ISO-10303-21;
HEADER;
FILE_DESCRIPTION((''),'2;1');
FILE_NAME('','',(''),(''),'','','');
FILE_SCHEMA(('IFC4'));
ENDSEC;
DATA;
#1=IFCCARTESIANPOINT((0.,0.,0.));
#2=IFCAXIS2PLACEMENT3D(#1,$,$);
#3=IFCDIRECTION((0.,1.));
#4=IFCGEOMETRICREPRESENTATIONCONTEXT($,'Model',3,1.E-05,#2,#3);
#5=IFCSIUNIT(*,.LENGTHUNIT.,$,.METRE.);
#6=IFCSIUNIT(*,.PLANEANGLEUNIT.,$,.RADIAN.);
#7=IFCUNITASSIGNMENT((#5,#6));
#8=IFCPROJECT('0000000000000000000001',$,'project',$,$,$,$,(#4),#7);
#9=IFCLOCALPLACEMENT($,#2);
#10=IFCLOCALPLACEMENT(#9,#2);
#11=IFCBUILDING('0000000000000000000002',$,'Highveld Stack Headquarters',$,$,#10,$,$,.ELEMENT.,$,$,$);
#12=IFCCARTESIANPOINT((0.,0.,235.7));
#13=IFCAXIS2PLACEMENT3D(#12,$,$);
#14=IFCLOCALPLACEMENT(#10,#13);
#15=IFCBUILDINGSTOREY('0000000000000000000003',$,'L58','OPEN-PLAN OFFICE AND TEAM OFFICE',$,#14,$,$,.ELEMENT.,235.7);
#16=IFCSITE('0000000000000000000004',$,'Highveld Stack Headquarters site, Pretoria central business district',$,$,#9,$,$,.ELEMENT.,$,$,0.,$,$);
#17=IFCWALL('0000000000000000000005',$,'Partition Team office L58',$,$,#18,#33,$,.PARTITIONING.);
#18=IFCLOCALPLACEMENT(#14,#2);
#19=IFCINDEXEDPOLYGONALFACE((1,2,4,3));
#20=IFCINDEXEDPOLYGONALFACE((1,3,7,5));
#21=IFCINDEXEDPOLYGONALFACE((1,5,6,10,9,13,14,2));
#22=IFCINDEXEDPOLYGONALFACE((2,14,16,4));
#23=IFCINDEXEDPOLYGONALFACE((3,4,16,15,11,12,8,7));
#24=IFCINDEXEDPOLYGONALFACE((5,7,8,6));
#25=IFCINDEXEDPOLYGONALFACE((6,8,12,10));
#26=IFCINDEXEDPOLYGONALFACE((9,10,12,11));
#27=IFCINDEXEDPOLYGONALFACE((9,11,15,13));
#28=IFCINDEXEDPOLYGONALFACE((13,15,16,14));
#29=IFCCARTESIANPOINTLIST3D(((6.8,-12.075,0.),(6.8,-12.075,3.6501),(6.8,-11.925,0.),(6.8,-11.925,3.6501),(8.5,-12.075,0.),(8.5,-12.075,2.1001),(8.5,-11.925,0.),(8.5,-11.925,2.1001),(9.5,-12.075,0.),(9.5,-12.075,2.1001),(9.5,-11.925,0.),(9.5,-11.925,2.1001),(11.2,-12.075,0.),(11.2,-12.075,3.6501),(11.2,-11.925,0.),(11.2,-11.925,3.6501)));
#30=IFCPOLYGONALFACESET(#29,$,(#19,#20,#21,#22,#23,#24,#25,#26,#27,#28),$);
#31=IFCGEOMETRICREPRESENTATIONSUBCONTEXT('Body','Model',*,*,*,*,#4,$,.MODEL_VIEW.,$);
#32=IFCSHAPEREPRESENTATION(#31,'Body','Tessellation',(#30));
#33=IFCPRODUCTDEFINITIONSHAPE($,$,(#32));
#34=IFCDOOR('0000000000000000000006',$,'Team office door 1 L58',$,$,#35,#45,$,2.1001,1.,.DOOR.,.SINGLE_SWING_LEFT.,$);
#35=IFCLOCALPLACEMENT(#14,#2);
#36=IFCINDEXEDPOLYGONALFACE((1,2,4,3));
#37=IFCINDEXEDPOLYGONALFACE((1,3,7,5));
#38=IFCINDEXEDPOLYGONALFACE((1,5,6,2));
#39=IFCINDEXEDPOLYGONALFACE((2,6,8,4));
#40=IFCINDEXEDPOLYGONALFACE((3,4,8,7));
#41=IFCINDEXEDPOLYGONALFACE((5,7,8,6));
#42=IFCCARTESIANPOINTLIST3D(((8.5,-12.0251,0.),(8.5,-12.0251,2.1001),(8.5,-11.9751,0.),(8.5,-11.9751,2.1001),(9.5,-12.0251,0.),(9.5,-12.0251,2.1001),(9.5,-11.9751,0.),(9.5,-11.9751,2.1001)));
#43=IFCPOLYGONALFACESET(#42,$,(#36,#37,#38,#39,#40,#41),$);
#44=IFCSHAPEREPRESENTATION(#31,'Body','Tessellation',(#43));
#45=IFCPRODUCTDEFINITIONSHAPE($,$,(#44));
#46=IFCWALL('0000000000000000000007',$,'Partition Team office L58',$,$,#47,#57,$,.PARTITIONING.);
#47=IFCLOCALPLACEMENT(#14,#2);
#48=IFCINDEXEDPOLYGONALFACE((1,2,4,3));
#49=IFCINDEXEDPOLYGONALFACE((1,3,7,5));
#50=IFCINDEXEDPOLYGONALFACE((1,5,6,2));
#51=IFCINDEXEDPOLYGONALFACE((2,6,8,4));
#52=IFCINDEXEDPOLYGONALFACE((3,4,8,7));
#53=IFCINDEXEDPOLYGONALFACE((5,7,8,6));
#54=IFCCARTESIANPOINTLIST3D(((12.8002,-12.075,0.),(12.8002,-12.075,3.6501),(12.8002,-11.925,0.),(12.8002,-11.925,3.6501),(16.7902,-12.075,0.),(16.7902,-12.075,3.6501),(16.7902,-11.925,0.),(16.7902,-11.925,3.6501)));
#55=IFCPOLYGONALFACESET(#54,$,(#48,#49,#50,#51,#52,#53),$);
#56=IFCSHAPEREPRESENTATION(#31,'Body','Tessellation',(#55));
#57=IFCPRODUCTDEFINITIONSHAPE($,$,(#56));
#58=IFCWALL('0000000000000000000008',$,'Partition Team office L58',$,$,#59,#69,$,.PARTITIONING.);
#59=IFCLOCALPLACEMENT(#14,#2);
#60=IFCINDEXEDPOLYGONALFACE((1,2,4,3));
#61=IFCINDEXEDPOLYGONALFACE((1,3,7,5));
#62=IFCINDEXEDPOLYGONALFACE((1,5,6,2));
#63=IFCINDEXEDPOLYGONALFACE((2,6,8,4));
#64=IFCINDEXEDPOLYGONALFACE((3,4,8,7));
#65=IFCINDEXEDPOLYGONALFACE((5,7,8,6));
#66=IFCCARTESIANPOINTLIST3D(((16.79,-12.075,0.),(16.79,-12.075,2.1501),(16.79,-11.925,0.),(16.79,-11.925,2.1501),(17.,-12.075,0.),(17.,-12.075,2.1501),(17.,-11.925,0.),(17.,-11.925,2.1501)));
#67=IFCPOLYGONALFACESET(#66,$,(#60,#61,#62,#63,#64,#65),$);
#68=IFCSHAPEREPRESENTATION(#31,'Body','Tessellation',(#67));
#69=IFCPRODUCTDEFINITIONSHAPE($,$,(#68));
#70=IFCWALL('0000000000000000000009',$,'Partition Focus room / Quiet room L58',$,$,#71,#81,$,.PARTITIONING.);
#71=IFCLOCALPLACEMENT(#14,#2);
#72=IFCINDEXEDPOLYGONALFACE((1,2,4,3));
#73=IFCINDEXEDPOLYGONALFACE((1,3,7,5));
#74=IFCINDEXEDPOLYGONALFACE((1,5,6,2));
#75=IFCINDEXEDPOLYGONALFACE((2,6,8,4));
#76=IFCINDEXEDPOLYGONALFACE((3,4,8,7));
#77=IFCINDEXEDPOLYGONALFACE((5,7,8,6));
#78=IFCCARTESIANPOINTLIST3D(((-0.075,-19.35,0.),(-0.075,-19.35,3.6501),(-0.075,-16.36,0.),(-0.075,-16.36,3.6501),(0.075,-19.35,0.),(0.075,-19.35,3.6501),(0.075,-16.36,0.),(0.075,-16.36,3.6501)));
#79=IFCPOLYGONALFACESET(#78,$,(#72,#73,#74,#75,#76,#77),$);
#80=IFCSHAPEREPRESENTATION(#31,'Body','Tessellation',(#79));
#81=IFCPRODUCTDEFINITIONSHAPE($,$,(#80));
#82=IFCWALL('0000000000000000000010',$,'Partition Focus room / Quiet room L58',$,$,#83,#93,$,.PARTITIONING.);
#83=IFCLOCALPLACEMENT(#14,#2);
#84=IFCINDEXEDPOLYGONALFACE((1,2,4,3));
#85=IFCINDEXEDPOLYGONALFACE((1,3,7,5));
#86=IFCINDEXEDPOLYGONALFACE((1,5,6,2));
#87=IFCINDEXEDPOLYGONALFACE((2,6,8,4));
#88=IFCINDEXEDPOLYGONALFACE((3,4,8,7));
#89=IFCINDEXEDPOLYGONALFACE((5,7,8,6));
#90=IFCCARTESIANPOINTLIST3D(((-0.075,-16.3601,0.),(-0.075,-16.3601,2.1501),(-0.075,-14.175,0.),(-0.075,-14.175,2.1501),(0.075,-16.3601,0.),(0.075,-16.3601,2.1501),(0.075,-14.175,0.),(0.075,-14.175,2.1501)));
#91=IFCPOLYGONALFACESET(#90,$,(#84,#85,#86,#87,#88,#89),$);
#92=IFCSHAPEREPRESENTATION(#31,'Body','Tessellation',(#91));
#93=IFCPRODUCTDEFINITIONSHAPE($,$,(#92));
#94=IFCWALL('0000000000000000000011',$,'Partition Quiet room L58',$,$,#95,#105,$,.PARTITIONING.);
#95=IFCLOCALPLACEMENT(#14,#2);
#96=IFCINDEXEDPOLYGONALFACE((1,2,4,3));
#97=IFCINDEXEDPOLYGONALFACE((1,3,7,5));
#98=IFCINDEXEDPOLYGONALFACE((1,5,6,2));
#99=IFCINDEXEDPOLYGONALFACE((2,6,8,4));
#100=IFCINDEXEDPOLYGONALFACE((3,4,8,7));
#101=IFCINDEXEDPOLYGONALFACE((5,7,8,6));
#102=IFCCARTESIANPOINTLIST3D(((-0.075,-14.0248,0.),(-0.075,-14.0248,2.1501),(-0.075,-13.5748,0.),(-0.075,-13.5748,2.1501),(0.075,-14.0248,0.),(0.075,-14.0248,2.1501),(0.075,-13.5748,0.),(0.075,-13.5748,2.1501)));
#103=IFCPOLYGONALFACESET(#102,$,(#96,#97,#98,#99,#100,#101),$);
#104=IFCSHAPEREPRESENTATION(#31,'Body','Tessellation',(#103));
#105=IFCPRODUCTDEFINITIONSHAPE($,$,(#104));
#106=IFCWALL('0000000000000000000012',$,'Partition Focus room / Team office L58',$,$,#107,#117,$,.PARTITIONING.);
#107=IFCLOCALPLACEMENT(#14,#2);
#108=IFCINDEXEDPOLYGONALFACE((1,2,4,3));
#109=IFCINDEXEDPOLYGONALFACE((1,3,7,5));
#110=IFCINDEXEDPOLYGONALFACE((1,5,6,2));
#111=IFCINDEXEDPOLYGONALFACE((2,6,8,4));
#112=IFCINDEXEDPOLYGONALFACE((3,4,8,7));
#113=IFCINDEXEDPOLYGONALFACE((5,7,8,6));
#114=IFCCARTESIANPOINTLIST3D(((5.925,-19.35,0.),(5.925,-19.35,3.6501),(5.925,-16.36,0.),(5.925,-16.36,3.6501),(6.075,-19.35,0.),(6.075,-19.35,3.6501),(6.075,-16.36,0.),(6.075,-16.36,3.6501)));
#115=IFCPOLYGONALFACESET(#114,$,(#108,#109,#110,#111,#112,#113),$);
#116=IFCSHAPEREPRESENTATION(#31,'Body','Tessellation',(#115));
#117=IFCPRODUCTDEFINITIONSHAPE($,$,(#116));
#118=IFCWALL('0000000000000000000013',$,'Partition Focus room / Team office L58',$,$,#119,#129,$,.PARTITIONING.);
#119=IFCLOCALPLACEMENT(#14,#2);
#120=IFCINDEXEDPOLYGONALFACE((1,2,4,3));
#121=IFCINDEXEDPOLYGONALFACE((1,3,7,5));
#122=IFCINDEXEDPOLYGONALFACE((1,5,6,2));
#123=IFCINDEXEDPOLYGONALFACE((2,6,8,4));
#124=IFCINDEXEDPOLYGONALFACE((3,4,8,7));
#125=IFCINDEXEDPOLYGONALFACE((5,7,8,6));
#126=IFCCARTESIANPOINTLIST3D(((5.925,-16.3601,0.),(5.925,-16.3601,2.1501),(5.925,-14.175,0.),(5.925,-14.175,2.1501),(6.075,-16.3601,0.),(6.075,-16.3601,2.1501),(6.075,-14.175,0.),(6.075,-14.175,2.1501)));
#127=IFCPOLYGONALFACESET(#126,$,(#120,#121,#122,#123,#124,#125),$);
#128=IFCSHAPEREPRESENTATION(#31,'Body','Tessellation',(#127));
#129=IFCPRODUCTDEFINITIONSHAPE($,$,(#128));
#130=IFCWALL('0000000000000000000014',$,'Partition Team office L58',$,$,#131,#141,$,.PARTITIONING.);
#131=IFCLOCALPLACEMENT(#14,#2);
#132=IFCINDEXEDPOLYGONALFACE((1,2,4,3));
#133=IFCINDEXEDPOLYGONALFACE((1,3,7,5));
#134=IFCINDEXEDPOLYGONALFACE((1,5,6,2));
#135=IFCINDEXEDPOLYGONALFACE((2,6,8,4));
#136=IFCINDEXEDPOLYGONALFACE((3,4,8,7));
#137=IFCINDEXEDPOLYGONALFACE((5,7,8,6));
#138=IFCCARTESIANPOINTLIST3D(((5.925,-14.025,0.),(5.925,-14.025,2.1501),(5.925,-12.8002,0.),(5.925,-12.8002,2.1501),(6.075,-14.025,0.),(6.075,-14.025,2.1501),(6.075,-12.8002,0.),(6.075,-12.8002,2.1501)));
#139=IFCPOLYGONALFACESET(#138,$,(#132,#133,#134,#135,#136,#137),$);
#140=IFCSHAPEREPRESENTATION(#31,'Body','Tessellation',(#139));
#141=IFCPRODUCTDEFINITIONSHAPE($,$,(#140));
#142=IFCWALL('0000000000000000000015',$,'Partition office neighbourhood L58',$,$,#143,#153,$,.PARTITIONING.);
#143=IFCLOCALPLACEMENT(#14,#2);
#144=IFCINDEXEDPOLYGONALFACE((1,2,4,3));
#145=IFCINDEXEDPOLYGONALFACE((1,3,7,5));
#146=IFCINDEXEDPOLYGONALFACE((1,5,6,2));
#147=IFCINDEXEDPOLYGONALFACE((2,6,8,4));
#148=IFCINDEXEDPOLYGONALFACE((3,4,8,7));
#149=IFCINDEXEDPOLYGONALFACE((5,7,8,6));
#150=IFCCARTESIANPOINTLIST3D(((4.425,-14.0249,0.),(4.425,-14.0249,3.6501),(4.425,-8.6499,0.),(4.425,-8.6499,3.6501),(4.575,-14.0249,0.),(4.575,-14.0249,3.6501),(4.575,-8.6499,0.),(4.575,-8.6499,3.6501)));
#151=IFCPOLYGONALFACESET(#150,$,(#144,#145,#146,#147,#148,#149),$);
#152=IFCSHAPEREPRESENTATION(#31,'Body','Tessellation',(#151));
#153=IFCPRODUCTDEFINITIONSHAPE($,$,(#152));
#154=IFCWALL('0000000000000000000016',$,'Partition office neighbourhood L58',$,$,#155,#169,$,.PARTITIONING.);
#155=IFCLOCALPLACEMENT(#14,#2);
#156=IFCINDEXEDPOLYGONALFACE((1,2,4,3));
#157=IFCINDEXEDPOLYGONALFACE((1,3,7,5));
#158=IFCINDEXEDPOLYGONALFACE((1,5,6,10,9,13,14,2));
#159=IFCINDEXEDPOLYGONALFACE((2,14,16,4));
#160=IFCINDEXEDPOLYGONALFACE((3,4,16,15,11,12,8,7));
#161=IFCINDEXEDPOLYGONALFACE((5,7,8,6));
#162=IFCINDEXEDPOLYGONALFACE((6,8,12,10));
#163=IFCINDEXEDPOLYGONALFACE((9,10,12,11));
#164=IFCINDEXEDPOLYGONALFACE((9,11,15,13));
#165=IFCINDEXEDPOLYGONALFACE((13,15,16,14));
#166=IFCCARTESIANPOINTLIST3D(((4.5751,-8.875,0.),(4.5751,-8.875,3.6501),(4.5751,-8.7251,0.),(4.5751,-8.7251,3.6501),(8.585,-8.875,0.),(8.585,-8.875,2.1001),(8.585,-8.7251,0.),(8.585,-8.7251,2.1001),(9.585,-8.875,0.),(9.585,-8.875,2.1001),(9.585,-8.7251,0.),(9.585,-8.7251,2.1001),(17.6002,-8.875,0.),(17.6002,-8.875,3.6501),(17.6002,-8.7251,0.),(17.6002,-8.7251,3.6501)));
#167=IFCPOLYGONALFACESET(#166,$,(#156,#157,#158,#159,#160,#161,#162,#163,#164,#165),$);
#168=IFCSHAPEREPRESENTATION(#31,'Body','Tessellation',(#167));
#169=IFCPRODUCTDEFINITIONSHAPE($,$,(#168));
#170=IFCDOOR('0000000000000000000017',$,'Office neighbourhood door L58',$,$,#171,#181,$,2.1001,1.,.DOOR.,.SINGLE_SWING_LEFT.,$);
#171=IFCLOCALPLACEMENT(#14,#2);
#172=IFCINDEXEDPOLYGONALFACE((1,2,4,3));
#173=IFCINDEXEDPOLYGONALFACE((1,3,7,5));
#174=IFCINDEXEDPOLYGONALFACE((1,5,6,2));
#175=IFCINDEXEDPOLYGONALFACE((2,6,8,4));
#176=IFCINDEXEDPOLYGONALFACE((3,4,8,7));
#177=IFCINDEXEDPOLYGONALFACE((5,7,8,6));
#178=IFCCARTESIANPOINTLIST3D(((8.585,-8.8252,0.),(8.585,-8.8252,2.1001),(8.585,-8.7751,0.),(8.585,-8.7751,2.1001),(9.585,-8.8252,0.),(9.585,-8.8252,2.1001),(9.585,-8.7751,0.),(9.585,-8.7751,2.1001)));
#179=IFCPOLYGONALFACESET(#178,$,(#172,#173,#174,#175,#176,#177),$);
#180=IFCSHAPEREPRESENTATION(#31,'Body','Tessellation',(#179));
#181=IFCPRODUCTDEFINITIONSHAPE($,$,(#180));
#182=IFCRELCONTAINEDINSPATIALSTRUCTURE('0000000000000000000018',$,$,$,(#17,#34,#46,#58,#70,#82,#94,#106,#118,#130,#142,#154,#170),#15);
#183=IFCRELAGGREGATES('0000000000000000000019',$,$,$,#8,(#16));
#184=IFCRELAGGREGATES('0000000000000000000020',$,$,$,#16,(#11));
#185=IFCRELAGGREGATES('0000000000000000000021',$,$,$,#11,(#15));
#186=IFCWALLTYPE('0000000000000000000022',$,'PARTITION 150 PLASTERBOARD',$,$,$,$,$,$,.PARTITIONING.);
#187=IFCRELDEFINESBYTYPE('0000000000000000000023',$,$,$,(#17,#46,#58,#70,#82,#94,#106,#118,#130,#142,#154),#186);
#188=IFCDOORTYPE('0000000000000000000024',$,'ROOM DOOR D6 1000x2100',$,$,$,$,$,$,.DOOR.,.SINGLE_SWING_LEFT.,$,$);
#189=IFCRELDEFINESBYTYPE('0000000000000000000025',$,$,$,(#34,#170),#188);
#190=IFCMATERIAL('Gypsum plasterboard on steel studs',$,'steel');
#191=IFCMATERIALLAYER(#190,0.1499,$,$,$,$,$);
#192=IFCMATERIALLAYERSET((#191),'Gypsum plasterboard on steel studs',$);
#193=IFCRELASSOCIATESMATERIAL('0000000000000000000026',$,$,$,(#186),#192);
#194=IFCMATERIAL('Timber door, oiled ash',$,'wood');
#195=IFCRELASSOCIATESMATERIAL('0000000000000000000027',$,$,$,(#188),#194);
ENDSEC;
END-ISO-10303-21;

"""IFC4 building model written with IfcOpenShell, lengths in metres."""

from ifc_helpers import new_model, si_unit, direction, frame, frame_2d, origin, place, context, subcontext, project, spatial, rectangle, extrude, material, layer, layer_set, type_object, element, fill, save


model = new_model("IFC4")

# Units and contexts
model_context = context("Model", 3, precision=1e-05, world=origin(), true_north=direction((0.0, 1.0)))
body_context = subcontext(model_context, "Body", "Model", "MODEL_VIEW")
ifc_project = project(units=[si_unit("LENGTHUNIT", "METRE"), si_unit("PLANEANGLEUNIT", "RADIAN")], contexts=[model_context])

# Site, building, storey
site_placement = place(None, origin())
site = spatial("IfcSite", under=ifc_project, at=site_placement, Name="Highveld Stack Headquarters site, Pretoria central business district", CompositionType="ELEMENT", RefElevation=0.0)
building_placement = place(site_placement, origin())
building = spatial("IfcBuilding", under=site, at=building_placement, Name="Highveld Stack Headquarters", CompositionType="ELEMENT")
storey_placement = place(building_placement, frame((0.0, 0.0, 235.7)))
storey = spatial("IfcBuildingStorey", under=building, at=storey_placement, Name="L58", Description="OPEN-PLAN OFFICE AND TEAM OFFICE", CompositionType="ELEMENT", Elevation=235.7)

# Shared definitions
ifc_material_1 = material(Name="Gypsum plasterboard on steel studs", Category="steel")
ifc_layer_1 = layer(ifc_material_1, 0.1499)
ifc_layer_set_1 = layer_set([ifc_layer_1], Name="Gypsum plasterboard on steel studs")
wall_type_1 = type_object("IfcWallType", Name="PARTITION 150 PLASTERBOARD", PredefinedType="PARTITIONING", material=ifc_layer_set_1)
ifc_material_2 = material(Name="Timber door, oiled ash", Category="wood")
door_type = type_object("IfcDoorType", Name="ROOM DOOR D6 1000x2100", OperationType="SINGLE_SWING_LEFT", PredefinedType="DOOR", material=ifc_material_2)

# Wall, opening, door
wall_1_placement = place(storey_placement, frame((6.8, -12.0, 0.0), z_axis=(0.0, 0.0, 1.0), x_axis=(1.0, 0.0, 0.0)))
wall_1 = element("IfcWall", 1, at=wall_1_placement, inside=storey, type_object=wall_type_1, Name="Partition Team office L58", PredefinedType="PARTITIONING", context=body_context, shape_type="SweptSolid", body=[
    extrude(rectangle(XDim=4.3999, YDim=0.1499, at=frame_2d((2.2, 0.0))), origin(), (0.0, 0.0, 1.0), 3.6501),
])
opening_1_placement = place(wall_1_placement, frame((1.7, 0.0, 0.0)))
opening_1 = element("IfcOpeningElement", 2, at=opening_1_placement, cuts=wall_1, PredefinedType="OPENING", context=body_context, shape_type="SweptSolid", body=[
    extrude(rectangle(XDim=1.0, YDim=2.1001, at=frame_2d((0.5, 1.05))), frame((0.0, 0.085, 0.0), z_axis=(0.0, -1.0, 0.0), x_axis=(1.0, 0.0, 0.0)), (0.0, 0.0, 1.0), 0.1699),
])
door_1_placement = place(opening_1_placement, origin())
door_1 = element("IfcDoor", 3, at=door_1_placement, inside=storey, type_object=door_type, Name="Team office door 1 L58", OperationType="SINGLE_SWING_LEFT", OverallHeight=2.1001, OverallWidth=1.0, PredefinedType="DOOR", context=body_context, shape_type="SweptSolid", body=[
    extrude(rectangle(XDim=1.0, YDim=2.1001, at=frame_2d((0.5, 1.05))), frame((0.0, 0.0249, 0.0), z_axis=(0.0, -1.0, 0.0), x_axis=(1.0, 0.0, 0.0)), (0.0, 0.0, 1.0), 0.05),
])
fill(opening_1, door_1)

# Walls
wall_2_placement = place(storey_placement, frame((12.8, -12.0, 0.0), z_axis=(0.0, 0.0, 1.0), x_axis=(1.0, 0.0, 0.0)))
element("IfcWall", 4, at=wall_2_placement, inside=storey, type_object=wall_type_1, Name="Partition Team office L58", PredefinedType="PARTITIONING", context=body_context, shape_type="SweptSolid", body=[
    extrude(rectangle(XDim=3.99, YDim=0.1499, at=frame_2d((1.9951, 0.0))), origin(), (0.0, 0.0, 1.0), 3.6501),
])
wall_3_placement = place(storey_placement, frame((16.79, -12.0, 0.0), z_axis=(0.0, 0.0, 1.0), x_axis=(1.0, 0.0, 0.0)))
element("IfcWall", 5, at=wall_3_placement, inside=storey, type_object=wall_type_1, Name="Partition Team office L58", PredefinedType="PARTITIONING", context=body_context, shape_type="SweptSolid", body=[
    extrude(rectangle(XDim=0.21, YDim=0.1499, at=frame_2d((0.105, 0.0))), origin(), (0.0, 0.0, 1.0), 2.1501),
])
wall_4_placement = place(storey_placement, frame((0.0, -19.3501, 0.0), z_axis=(0.0, 0.0, 1.0), x_axis=(0.0, 1.0, 0.0)))
element("IfcWall", 6, at=wall_4_placement, inside=storey, type_object=wall_type_1, Name="Partition Focus room / Quiet room L58", PredefinedType="PARTITIONING", context=body_context, shape_type="SweptSolid", body=[
    extrude(rectangle(XDim=2.99, YDim=0.1499, at=frame_2d((1.4951, 0.0))), origin(), (0.0, 0.0, 1.0), 3.6501),
])
wall_5_placement = place(storey_placement, frame((0.0, -16.3601, 0.0), z_axis=(0.0, 0.0, 1.0), x_axis=(0.0, 1.0, 0.0)))
element("IfcWall", 7, at=wall_5_placement, inside=storey, type_object=wall_type_1, Name="Partition Focus room / Quiet room L58", PredefinedType="PARTITIONING", context=body_context, shape_type="SweptSolid", body=[
    extrude(rectangle(XDim=2.1851, YDim=0.1499, at=frame_2d((1.0925, 0.0))), origin(), (0.0, 0.0, 1.0), 2.1501),
])
wall_6_placement = place(storey_placement, frame((0.0, -14.0249, 0.0), z_axis=(0.0, 0.0, 1.0), x_axis=(0.0, 1.0, 0.0)))
element("IfcWall", 8, at=wall_6_placement, inside=storey, type_object=wall_type_1, Name="Partition Quiet room L58", PredefinedType="PARTITIONING", context=body_context, shape_type="SweptSolid", body=[
    extrude(rectangle(XDim=0.45, YDim=0.1499, at=frame_2d((0.2251, 0.0))), origin(), (0.0, 0.0, 1.0), 2.1501),
])
wall_7_placement = place(storey_placement, frame((6.0, -19.3501, 0.0), z_axis=(0.0, 0.0, 1.0), x_axis=(0.0, 1.0, 0.0)))
element("IfcWall", 9, at=wall_7_placement, inside=storey, type_object=wall_type_1, Name="Partition Focus room / Team office L58", PredefinedType="PARTITIONING", context=body_context, shape_type="SweptSolid", body=[
    extrude(rectangle(XDim=2.99, YDim=0.1499, at=frame_2d((1.4951, 0.0))), origin(), (0.0, 0.0, 1.0), 3.6501),
])
wall_8_placement = place(storey_placement, frame((6.0, -16.3601, 0.0), z_axis=(0.0, 0.0, 1.0), x_axis=(0.0, 1.0, 0.0)))
element("IfcWall", 10, at=wall_8_placement, inside=storey, type_object=wall_type_1, Name="Partition Focus room / Team office L58", PredefinedType="PARTITIONING", context=body_context, shape_type="SweptSolid", body=[
    extrude(rectangle(XDim=2.1851, YDim=0.1499, at=frame_2d((1.0925, 0.0))), origin(), (0.0, 0.0, 1.0), 2.1501),
])
wall_9_placement = place(storey_placement, frame((6.0, -14.0249, 0.0), z_axis=(0.0, 0.0, 1.0), x_axis=(0.0, 1.0, 0.0)))
element("IfcWall", 11, at=wall_9_placement, inside=storey, type_object=wall_type_1, Name="Partition Team office L58", PredefinedType="PARTITIONING", context=body_context, shape_type="SweptSolid", body=[
    extrude(rectangle(XDim=1.2249, YDim=0.1499, at=frame_2d((0.6123, 0.0))), origin(), (0.0, 0.0, 1.0), 2.1501),
])
wall_10_placement = place(storey_placement, frame((4.5, -14.0249, 0.0), z_axis=(0.0, 0.0, 1.0), x_axis=(0.0, 1.0, 0.0)))
element("IfcWall", 12, at=wall_10_placement, inside=storey, type_object=wall_type_1, Name="Partition office neighbourhood L58", PredefinedType="PARTITIONING", context=body_context, shape_type="SweptSolid", body=[
    extrude(rectangle(XDim=5.375, YDim=0.1499, at=frame_2d((2.6875, 0.0))), origin(), (0.0, 0.0, 1.0), 3.6501),
])

# Wall, opening, door
wall_11_placement = place(storey_placement, frame((4.575, -8.8, 0.0), z_axis=(0.0, 0.0, 1.0), x_axis=(1.0, 0.0, 0.0)))
wall_11 = element("IfcWall", 13, at=wall_11_placement, inside=storey, type_object=wall_type_1, Name="Partition office neighbourhood L58", PredefinedType="PARTITIONING", context=body_context, shape_type="SweptSolid", body=[
    extrude(rectangle(XDim=13.0251, YDim=0.1499, at=frame_2d((6.5127, 0.0))), origin(), (0.0, 0.0, 1.0), 3.6501),
])
opening_2_placement = place(wall_11_placement, frame((4.01, 0.0, 0.0)))
opening_2 = element("IfcOpeningElement", 14, at=opening_2_placement, cuts=wall_11, PredefinedType="OPENING", context=body_context, shape_type="SweptSolid", body=[
    extrude(rectangle(XDim=1.0, YDim=2.1001, at=frame_2d((0.5, 1.05))), frame((0.0, 0.085, 0.0), z_axis=(0.0, -1.0, 0.0), x_axis=(1.0, 0.0, 0.0)), (0.0, 0.0, 1.0), 0.1699),
])
door_2_placement = place(opening_2_placement, origin())
door_2 = element("IfcDoor", 15, at=door_2_placement, inside=storey, type_object=door_type, Name="Office neighbourhood door L58", OperationType="SINGLE_SWING_LEFT", OverallHeight=2.1001, OverallWidth=1.0, PredefinedType="DOOR", context=body_context, shape_type="SweptSolid", body=[
    extrude(rectangle(XDim=1.0, YDim=2.1001, at=frame_2d((0.5, 1.05))), frame((0.0, 0.0249, 0.0), z_axis=(0.0, -1.0, 0.0), x_axis=(1.0, 0.0, 0.0)), (0.0, 0.0, 1.0), 0.05),
])
fill(opening_2, door_2)

save(model, "model.ifc")
